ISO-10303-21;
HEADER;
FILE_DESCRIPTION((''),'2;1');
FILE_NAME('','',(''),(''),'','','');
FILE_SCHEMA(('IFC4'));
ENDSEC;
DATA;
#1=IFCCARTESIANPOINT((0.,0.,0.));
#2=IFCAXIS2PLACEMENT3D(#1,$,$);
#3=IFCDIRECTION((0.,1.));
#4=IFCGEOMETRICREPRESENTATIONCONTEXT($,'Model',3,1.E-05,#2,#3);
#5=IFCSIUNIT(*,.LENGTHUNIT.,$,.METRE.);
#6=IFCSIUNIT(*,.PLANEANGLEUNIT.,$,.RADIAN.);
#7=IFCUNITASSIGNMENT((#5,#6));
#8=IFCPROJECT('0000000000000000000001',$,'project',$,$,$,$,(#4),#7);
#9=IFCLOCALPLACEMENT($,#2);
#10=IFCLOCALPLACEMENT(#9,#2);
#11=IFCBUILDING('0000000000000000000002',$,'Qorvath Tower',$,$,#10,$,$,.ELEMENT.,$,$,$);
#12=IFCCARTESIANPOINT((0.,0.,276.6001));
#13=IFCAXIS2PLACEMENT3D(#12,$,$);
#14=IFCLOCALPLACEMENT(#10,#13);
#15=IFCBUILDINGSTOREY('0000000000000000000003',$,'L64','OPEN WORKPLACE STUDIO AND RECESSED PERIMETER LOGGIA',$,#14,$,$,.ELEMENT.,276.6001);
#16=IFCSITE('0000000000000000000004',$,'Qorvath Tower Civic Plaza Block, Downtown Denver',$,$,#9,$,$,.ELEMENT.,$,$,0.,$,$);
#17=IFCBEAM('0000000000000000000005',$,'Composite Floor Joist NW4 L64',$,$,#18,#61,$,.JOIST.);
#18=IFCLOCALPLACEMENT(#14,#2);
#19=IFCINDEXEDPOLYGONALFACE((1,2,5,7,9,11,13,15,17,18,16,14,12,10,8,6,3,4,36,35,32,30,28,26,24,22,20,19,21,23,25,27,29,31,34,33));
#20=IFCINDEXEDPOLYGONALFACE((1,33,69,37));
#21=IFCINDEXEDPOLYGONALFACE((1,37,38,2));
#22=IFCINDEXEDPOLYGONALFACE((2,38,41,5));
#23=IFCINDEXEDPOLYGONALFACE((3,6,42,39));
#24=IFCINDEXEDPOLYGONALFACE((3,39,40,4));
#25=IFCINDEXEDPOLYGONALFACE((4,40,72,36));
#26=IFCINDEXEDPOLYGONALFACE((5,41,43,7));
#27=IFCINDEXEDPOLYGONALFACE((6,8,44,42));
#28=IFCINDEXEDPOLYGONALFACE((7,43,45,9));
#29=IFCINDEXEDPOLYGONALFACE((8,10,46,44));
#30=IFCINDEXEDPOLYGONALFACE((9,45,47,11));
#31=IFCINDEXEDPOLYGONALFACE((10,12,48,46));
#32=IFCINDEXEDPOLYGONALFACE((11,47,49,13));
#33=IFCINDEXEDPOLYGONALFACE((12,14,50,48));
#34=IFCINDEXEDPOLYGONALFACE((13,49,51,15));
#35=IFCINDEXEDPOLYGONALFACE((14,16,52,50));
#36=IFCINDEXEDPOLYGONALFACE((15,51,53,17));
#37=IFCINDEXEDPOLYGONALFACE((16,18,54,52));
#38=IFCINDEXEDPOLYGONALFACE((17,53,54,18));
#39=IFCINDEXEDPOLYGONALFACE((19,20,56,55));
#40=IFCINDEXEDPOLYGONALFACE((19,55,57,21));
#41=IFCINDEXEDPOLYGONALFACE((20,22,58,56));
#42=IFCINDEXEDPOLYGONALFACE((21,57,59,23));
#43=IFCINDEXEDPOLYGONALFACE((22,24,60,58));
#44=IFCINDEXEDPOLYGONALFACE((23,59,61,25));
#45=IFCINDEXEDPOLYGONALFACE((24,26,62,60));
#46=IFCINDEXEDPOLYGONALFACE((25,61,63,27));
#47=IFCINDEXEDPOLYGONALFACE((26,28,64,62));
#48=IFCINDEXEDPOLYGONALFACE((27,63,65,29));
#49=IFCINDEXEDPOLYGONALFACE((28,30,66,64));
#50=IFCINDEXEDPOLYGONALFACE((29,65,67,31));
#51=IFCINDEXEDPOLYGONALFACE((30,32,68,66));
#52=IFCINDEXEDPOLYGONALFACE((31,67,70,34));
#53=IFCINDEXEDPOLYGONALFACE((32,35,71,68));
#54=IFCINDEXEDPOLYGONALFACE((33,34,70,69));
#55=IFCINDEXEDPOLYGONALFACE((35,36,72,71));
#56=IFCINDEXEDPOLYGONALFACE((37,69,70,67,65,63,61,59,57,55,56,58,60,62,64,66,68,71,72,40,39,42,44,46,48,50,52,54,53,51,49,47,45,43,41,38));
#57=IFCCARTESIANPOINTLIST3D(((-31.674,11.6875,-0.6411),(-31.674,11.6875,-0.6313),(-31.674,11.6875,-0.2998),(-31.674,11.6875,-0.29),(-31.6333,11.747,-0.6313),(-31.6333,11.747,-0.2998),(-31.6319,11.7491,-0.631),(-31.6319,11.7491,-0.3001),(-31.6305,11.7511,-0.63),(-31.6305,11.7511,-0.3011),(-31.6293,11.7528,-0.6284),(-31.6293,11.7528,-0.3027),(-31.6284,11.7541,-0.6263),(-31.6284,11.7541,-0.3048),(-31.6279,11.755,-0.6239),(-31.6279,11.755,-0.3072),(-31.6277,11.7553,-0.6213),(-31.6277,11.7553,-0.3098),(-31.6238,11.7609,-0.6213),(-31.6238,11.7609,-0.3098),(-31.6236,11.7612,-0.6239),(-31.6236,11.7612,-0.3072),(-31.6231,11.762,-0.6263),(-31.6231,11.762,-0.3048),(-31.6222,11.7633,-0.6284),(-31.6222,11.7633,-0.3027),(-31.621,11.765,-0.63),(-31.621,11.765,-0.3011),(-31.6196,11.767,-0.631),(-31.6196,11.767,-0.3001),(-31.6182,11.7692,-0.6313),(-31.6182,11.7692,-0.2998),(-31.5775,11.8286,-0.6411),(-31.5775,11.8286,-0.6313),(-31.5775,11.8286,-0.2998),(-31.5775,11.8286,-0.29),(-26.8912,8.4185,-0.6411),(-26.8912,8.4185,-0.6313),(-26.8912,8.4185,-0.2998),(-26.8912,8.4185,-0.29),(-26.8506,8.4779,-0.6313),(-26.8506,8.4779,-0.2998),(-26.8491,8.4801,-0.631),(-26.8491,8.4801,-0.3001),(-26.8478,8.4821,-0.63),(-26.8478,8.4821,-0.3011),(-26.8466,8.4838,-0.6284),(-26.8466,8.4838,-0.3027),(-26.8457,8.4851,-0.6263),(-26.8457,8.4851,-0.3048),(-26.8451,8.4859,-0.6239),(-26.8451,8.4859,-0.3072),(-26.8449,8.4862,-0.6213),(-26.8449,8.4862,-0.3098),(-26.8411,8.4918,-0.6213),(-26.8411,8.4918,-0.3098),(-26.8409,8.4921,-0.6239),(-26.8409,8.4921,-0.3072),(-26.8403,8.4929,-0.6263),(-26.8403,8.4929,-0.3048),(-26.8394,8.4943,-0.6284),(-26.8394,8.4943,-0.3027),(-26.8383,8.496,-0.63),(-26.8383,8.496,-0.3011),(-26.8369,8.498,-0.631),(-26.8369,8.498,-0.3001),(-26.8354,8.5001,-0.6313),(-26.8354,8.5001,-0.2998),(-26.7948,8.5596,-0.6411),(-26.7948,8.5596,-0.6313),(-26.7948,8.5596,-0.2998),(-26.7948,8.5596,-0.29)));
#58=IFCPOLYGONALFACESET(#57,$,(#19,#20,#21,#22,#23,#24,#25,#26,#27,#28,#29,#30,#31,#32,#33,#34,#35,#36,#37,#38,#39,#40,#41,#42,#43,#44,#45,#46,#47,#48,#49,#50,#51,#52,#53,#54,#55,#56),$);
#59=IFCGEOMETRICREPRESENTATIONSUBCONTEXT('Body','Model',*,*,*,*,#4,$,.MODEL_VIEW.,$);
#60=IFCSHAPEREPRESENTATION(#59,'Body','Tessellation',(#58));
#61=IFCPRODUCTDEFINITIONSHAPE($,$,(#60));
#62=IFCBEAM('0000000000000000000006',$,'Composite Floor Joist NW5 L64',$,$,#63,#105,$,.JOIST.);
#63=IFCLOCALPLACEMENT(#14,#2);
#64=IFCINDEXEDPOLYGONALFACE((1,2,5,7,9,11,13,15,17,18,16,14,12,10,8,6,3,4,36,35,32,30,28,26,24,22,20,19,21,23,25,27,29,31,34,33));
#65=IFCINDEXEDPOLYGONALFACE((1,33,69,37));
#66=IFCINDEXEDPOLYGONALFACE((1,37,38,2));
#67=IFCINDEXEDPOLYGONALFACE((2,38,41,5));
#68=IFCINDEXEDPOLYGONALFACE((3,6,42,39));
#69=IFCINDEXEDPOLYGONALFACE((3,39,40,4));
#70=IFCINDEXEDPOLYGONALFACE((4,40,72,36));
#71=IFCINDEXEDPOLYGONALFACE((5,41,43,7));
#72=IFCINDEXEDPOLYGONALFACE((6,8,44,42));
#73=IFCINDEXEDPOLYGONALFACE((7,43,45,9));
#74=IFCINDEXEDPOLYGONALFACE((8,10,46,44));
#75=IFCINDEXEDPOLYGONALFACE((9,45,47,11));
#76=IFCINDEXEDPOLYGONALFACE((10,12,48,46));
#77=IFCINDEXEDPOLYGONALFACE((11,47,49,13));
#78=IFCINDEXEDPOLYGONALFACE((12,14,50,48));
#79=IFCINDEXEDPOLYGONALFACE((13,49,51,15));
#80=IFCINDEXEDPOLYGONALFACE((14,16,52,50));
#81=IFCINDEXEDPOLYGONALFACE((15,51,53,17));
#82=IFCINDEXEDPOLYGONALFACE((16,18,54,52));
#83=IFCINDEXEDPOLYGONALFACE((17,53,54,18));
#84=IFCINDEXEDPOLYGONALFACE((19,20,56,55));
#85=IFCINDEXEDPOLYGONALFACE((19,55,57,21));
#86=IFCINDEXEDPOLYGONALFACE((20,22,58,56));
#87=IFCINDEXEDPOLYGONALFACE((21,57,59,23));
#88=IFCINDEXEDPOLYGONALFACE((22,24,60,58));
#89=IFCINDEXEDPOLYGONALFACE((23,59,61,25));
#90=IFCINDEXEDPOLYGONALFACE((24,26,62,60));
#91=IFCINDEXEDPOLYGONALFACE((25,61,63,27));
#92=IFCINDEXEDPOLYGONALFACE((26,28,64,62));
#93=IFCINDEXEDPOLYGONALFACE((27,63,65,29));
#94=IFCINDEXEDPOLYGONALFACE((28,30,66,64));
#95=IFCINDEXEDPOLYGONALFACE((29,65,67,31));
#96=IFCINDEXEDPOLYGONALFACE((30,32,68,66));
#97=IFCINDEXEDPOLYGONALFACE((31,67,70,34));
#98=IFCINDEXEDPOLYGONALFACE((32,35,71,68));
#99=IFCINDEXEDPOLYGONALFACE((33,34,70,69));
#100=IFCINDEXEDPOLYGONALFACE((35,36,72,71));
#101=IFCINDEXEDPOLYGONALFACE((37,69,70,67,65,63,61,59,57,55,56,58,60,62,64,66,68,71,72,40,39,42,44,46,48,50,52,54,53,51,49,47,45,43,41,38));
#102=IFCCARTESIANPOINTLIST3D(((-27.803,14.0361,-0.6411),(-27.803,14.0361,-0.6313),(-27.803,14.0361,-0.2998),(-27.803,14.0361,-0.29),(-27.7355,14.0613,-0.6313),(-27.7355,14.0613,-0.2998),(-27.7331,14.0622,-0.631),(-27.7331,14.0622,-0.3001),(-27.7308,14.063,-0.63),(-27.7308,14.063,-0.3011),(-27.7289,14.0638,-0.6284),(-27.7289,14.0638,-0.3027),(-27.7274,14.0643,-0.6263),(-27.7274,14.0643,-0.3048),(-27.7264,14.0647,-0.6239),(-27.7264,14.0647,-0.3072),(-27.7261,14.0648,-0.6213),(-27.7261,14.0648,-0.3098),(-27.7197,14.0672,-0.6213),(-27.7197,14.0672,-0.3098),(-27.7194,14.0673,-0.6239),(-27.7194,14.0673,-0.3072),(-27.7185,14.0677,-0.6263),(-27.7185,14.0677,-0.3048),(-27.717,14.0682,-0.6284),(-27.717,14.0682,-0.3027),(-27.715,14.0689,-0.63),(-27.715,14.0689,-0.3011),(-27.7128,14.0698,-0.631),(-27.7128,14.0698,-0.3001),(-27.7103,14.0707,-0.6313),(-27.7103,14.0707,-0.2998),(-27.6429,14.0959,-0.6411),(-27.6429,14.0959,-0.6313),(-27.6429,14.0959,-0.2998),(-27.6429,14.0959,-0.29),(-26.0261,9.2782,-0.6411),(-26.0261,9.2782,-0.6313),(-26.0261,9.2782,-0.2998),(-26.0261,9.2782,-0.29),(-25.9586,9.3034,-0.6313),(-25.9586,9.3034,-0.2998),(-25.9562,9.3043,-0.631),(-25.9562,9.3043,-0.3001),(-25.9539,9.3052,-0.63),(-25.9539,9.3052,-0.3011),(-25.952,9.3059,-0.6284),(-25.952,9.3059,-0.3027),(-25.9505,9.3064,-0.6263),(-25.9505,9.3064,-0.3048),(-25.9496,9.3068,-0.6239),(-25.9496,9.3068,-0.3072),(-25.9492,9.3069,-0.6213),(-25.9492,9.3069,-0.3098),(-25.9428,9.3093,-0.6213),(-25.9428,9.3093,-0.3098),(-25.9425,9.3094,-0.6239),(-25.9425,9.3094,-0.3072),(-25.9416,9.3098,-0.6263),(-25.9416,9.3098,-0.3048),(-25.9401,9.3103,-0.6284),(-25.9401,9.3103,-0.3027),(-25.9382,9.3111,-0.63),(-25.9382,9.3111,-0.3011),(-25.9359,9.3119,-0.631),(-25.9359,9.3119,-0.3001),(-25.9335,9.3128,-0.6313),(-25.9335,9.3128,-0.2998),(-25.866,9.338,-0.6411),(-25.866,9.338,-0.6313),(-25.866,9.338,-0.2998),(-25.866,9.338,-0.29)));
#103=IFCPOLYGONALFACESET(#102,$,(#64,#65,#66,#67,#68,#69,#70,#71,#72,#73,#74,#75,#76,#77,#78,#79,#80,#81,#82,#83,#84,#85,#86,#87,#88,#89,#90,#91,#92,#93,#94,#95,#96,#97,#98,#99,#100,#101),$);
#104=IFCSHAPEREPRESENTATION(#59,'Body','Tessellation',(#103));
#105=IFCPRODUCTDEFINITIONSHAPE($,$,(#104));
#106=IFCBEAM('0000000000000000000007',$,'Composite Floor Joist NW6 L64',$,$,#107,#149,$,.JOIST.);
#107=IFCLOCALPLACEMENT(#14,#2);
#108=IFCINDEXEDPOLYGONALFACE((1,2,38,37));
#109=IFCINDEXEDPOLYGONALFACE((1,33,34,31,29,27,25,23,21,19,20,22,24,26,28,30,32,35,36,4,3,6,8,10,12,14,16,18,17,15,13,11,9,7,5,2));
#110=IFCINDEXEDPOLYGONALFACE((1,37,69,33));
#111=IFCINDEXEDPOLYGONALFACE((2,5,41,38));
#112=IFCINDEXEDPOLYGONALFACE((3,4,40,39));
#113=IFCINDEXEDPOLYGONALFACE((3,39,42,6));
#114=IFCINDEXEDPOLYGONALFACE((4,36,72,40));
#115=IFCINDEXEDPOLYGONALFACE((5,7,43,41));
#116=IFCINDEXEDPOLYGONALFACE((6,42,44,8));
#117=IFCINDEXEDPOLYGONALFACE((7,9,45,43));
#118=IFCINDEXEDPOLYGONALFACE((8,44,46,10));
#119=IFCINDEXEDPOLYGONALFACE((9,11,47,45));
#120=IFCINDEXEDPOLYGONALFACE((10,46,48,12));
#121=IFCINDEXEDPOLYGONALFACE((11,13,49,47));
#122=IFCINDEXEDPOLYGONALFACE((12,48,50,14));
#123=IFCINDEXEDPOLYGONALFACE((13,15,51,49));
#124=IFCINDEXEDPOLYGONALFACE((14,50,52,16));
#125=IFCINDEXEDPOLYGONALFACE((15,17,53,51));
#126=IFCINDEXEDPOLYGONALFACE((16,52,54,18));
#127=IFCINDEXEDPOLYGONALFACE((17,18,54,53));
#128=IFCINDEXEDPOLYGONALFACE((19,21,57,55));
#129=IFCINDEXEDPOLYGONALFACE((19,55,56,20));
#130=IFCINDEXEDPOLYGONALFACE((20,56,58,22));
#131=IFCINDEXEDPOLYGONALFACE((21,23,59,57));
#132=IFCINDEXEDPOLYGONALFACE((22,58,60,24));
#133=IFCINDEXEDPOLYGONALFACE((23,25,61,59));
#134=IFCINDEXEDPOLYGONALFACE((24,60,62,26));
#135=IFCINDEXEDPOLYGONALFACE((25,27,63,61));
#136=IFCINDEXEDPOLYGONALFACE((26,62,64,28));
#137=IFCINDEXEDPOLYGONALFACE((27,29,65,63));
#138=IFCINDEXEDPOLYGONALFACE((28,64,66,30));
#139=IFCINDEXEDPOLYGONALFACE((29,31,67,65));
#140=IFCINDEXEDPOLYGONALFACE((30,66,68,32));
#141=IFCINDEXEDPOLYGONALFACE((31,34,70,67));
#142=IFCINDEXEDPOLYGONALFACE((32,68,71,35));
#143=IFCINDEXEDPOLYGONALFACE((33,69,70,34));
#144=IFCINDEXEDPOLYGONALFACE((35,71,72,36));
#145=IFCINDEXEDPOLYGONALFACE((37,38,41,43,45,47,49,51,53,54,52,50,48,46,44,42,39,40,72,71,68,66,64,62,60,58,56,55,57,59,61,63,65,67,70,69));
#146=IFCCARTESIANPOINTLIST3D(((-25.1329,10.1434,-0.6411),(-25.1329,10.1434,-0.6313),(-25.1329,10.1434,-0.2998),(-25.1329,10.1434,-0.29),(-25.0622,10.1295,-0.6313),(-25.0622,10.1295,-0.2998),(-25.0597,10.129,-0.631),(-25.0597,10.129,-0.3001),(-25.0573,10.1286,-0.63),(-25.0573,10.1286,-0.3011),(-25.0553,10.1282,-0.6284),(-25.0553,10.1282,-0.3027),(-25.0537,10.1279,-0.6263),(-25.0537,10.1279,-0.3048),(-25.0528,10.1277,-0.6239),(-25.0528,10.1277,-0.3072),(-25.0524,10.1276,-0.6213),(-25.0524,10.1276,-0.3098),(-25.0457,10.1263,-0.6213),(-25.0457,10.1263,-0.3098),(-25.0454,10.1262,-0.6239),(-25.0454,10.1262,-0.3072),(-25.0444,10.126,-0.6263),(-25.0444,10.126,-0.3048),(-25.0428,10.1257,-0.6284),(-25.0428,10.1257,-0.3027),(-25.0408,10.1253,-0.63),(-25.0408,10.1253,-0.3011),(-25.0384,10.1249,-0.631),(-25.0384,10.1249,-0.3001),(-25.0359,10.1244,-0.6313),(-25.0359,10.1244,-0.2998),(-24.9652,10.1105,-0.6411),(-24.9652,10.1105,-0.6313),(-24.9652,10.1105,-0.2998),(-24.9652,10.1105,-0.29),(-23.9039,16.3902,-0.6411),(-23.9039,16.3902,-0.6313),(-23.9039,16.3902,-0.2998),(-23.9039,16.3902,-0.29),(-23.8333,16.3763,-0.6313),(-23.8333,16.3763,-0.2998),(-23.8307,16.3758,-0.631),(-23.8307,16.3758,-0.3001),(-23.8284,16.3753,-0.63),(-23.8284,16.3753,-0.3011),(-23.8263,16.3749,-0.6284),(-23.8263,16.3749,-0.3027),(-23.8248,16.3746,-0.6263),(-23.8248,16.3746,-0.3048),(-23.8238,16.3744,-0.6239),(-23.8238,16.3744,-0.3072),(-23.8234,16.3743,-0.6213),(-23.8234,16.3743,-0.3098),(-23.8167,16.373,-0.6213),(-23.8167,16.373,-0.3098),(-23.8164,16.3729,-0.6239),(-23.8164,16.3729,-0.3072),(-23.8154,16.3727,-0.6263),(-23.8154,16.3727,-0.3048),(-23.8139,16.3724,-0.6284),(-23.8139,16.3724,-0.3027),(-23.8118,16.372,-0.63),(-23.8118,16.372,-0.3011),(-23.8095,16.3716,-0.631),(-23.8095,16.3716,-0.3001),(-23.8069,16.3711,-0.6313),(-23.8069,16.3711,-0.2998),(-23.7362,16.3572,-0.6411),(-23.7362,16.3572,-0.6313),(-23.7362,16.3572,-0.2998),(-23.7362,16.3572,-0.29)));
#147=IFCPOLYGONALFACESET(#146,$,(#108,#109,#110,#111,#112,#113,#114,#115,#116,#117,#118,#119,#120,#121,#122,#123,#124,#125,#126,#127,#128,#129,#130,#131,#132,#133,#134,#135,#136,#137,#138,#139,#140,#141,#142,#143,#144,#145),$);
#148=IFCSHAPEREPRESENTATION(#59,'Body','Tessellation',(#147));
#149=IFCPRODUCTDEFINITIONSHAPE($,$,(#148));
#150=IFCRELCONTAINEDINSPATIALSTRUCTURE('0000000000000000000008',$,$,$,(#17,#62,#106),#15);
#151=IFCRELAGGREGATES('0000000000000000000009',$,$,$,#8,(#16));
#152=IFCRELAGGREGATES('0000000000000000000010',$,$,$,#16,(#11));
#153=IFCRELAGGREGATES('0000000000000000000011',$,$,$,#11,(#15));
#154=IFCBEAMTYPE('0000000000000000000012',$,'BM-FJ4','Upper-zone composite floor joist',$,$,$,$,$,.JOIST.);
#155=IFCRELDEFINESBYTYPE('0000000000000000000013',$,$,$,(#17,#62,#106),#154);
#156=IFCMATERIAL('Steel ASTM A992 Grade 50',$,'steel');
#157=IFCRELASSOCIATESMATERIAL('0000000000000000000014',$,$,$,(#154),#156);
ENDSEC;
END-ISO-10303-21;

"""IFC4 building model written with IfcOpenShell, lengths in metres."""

from ifc_helpers import new_model, si_unit, direction, frame, origin, origin_2d, place, context, subcontext, project, spatial, i_section, extrude, material, material_profile, profile_set, type_object, element, save


model = new_model("IFC4")

# Units and contexts
model_context = context("Model", 3, precision=1e-05, world=origin(), true_north=direction((0.0, 1.0)))
body_context = subcontext(model_context, "Body", "Model", "MODEL_VIEW")
ifc_project = project(units=[si_unit("LENGTHUNIT", "METRE"), si_unit("PLANEANGLEUNIT", "RADIAN")], contexts=[model_context])

# Site, building, storey
site_placement = place(None, origin())
site = spatial("IfcSite", under=ifc_project, at=site_placement, Name="Qorvath Tower Civic Plaza Block, Downtown Denver", CompositionType="ELEMENT", RefElevation=0.0)
building_placement = place(site_placement, origin())
building = spatial("IfcBuilding", under=site, at=building_placement, Name="Qorvath Tower", CompositionType="ELEMENT")
storey_placement = place(building_placement, frame((0.0, 0.0, 276.6001)))
storey = spatial("IfcBuildingStorey", under=building, at=storey_placement, Name="L64", Description="OPEN WORKPLACE STUDIO AND RECESSED PERIMETER LOGGIA", CompositionType="ELEMENT", Elevation=276.6001)

# Beams
ifc_material_1 = material(Name="Steel ASTM A992 Grade 50", Category="steel")
ifc_material_profile_1 = material_profile(ifc_material_1, i_section(OverallWidth=0.1709, OverallDepth=0.3511, WebThickness=0.0068, FlangeThickness=0.0098, FilletRadius=0.01, at=origin_2d()), Name="W14x30")
ifc_profile_set_1 = profile_set([ifc_material_profile_1], Name="Steel ASTM A992 Grade 50")
beam_type_1 = type_object("IfcBeamType", Name="BM-FJ4", Description="Upper-zone composite floor joist", PredefinedType="JOIST", material=ifc_profile_set_1)
beam_1_placement = place(storey_placement, frame((-26.843, 8.489, -0.4656), z_axis=(-0.825576, 0.564291, 0.0), x_axis=(-0.564291, -0.825576, 0.0)))
element("IfcBeam", 1, at=beam_1_placement, inside=storey, type_object=beam_type_1, Name="Composite Floor Joist NW4 L64", PredefinedType="JOIST", context=body_context, shape_type="SweptSolid", body=[
    extrude(i_section(OverallWidth=0.1709, OverallDepth=0.3511, WebThickness=0.0068, FlangeThickness=0.0098, FilletRadius=0.01, at=origin_2d()), origin(), (0.0, 0.0, 1.0), 5.7932),
])
beam_2_placement = place(storey_placement, frame((-25.946, 9.3081, -0.4656), z_axis=(-0.349859, 0.936802, 0.0), x_axis=(-0.936802, -0.349859, 0.0)))
element("IfcBeam", 2, at=beam_2_placement, inside=storey, type_object=beam_type_1, Name="Composite Floor Joist NW5 L64", PredefinedType="JOIST", context=body_context, shape_type="SweptSolid", body=[
    extrude(i_section(OverallWidth=0.1709, OverallDepth=0.3511, WebThickness=0.0068, FlangeThickness=0.0098, FilletRadius=0.01, at=origin_2d()), origin(), (0.0, 0.0, 1.0), 5.0789),
])
beam_3_placement = place(storey_placement, frame((-25.0491, 10.127, -0.4656), z_axis=(0.19304, 0.981191, 0.0), x_axis=(-0.981191, 0.19304, 0.0)))
element("IfcBeam", 3, at=beam_3_placement, inside=storey, type_object=beam_type_1, Name="Composite Floor Joist NW6 L64", PredefinedType="JOIST", context=body_context, shape_type="SweptSolid", body=[
    extrude(i_section(OverallWidth=0.1709, OverallDepth=0.3511, WebThickness=0.0068, FlangeThickness=0.0098, FilletRadius=0.01, at=origin_2d()), origin(), (0.0, 0.0, 1.0), 6.3665),
])

save(model, "model.ifc")
